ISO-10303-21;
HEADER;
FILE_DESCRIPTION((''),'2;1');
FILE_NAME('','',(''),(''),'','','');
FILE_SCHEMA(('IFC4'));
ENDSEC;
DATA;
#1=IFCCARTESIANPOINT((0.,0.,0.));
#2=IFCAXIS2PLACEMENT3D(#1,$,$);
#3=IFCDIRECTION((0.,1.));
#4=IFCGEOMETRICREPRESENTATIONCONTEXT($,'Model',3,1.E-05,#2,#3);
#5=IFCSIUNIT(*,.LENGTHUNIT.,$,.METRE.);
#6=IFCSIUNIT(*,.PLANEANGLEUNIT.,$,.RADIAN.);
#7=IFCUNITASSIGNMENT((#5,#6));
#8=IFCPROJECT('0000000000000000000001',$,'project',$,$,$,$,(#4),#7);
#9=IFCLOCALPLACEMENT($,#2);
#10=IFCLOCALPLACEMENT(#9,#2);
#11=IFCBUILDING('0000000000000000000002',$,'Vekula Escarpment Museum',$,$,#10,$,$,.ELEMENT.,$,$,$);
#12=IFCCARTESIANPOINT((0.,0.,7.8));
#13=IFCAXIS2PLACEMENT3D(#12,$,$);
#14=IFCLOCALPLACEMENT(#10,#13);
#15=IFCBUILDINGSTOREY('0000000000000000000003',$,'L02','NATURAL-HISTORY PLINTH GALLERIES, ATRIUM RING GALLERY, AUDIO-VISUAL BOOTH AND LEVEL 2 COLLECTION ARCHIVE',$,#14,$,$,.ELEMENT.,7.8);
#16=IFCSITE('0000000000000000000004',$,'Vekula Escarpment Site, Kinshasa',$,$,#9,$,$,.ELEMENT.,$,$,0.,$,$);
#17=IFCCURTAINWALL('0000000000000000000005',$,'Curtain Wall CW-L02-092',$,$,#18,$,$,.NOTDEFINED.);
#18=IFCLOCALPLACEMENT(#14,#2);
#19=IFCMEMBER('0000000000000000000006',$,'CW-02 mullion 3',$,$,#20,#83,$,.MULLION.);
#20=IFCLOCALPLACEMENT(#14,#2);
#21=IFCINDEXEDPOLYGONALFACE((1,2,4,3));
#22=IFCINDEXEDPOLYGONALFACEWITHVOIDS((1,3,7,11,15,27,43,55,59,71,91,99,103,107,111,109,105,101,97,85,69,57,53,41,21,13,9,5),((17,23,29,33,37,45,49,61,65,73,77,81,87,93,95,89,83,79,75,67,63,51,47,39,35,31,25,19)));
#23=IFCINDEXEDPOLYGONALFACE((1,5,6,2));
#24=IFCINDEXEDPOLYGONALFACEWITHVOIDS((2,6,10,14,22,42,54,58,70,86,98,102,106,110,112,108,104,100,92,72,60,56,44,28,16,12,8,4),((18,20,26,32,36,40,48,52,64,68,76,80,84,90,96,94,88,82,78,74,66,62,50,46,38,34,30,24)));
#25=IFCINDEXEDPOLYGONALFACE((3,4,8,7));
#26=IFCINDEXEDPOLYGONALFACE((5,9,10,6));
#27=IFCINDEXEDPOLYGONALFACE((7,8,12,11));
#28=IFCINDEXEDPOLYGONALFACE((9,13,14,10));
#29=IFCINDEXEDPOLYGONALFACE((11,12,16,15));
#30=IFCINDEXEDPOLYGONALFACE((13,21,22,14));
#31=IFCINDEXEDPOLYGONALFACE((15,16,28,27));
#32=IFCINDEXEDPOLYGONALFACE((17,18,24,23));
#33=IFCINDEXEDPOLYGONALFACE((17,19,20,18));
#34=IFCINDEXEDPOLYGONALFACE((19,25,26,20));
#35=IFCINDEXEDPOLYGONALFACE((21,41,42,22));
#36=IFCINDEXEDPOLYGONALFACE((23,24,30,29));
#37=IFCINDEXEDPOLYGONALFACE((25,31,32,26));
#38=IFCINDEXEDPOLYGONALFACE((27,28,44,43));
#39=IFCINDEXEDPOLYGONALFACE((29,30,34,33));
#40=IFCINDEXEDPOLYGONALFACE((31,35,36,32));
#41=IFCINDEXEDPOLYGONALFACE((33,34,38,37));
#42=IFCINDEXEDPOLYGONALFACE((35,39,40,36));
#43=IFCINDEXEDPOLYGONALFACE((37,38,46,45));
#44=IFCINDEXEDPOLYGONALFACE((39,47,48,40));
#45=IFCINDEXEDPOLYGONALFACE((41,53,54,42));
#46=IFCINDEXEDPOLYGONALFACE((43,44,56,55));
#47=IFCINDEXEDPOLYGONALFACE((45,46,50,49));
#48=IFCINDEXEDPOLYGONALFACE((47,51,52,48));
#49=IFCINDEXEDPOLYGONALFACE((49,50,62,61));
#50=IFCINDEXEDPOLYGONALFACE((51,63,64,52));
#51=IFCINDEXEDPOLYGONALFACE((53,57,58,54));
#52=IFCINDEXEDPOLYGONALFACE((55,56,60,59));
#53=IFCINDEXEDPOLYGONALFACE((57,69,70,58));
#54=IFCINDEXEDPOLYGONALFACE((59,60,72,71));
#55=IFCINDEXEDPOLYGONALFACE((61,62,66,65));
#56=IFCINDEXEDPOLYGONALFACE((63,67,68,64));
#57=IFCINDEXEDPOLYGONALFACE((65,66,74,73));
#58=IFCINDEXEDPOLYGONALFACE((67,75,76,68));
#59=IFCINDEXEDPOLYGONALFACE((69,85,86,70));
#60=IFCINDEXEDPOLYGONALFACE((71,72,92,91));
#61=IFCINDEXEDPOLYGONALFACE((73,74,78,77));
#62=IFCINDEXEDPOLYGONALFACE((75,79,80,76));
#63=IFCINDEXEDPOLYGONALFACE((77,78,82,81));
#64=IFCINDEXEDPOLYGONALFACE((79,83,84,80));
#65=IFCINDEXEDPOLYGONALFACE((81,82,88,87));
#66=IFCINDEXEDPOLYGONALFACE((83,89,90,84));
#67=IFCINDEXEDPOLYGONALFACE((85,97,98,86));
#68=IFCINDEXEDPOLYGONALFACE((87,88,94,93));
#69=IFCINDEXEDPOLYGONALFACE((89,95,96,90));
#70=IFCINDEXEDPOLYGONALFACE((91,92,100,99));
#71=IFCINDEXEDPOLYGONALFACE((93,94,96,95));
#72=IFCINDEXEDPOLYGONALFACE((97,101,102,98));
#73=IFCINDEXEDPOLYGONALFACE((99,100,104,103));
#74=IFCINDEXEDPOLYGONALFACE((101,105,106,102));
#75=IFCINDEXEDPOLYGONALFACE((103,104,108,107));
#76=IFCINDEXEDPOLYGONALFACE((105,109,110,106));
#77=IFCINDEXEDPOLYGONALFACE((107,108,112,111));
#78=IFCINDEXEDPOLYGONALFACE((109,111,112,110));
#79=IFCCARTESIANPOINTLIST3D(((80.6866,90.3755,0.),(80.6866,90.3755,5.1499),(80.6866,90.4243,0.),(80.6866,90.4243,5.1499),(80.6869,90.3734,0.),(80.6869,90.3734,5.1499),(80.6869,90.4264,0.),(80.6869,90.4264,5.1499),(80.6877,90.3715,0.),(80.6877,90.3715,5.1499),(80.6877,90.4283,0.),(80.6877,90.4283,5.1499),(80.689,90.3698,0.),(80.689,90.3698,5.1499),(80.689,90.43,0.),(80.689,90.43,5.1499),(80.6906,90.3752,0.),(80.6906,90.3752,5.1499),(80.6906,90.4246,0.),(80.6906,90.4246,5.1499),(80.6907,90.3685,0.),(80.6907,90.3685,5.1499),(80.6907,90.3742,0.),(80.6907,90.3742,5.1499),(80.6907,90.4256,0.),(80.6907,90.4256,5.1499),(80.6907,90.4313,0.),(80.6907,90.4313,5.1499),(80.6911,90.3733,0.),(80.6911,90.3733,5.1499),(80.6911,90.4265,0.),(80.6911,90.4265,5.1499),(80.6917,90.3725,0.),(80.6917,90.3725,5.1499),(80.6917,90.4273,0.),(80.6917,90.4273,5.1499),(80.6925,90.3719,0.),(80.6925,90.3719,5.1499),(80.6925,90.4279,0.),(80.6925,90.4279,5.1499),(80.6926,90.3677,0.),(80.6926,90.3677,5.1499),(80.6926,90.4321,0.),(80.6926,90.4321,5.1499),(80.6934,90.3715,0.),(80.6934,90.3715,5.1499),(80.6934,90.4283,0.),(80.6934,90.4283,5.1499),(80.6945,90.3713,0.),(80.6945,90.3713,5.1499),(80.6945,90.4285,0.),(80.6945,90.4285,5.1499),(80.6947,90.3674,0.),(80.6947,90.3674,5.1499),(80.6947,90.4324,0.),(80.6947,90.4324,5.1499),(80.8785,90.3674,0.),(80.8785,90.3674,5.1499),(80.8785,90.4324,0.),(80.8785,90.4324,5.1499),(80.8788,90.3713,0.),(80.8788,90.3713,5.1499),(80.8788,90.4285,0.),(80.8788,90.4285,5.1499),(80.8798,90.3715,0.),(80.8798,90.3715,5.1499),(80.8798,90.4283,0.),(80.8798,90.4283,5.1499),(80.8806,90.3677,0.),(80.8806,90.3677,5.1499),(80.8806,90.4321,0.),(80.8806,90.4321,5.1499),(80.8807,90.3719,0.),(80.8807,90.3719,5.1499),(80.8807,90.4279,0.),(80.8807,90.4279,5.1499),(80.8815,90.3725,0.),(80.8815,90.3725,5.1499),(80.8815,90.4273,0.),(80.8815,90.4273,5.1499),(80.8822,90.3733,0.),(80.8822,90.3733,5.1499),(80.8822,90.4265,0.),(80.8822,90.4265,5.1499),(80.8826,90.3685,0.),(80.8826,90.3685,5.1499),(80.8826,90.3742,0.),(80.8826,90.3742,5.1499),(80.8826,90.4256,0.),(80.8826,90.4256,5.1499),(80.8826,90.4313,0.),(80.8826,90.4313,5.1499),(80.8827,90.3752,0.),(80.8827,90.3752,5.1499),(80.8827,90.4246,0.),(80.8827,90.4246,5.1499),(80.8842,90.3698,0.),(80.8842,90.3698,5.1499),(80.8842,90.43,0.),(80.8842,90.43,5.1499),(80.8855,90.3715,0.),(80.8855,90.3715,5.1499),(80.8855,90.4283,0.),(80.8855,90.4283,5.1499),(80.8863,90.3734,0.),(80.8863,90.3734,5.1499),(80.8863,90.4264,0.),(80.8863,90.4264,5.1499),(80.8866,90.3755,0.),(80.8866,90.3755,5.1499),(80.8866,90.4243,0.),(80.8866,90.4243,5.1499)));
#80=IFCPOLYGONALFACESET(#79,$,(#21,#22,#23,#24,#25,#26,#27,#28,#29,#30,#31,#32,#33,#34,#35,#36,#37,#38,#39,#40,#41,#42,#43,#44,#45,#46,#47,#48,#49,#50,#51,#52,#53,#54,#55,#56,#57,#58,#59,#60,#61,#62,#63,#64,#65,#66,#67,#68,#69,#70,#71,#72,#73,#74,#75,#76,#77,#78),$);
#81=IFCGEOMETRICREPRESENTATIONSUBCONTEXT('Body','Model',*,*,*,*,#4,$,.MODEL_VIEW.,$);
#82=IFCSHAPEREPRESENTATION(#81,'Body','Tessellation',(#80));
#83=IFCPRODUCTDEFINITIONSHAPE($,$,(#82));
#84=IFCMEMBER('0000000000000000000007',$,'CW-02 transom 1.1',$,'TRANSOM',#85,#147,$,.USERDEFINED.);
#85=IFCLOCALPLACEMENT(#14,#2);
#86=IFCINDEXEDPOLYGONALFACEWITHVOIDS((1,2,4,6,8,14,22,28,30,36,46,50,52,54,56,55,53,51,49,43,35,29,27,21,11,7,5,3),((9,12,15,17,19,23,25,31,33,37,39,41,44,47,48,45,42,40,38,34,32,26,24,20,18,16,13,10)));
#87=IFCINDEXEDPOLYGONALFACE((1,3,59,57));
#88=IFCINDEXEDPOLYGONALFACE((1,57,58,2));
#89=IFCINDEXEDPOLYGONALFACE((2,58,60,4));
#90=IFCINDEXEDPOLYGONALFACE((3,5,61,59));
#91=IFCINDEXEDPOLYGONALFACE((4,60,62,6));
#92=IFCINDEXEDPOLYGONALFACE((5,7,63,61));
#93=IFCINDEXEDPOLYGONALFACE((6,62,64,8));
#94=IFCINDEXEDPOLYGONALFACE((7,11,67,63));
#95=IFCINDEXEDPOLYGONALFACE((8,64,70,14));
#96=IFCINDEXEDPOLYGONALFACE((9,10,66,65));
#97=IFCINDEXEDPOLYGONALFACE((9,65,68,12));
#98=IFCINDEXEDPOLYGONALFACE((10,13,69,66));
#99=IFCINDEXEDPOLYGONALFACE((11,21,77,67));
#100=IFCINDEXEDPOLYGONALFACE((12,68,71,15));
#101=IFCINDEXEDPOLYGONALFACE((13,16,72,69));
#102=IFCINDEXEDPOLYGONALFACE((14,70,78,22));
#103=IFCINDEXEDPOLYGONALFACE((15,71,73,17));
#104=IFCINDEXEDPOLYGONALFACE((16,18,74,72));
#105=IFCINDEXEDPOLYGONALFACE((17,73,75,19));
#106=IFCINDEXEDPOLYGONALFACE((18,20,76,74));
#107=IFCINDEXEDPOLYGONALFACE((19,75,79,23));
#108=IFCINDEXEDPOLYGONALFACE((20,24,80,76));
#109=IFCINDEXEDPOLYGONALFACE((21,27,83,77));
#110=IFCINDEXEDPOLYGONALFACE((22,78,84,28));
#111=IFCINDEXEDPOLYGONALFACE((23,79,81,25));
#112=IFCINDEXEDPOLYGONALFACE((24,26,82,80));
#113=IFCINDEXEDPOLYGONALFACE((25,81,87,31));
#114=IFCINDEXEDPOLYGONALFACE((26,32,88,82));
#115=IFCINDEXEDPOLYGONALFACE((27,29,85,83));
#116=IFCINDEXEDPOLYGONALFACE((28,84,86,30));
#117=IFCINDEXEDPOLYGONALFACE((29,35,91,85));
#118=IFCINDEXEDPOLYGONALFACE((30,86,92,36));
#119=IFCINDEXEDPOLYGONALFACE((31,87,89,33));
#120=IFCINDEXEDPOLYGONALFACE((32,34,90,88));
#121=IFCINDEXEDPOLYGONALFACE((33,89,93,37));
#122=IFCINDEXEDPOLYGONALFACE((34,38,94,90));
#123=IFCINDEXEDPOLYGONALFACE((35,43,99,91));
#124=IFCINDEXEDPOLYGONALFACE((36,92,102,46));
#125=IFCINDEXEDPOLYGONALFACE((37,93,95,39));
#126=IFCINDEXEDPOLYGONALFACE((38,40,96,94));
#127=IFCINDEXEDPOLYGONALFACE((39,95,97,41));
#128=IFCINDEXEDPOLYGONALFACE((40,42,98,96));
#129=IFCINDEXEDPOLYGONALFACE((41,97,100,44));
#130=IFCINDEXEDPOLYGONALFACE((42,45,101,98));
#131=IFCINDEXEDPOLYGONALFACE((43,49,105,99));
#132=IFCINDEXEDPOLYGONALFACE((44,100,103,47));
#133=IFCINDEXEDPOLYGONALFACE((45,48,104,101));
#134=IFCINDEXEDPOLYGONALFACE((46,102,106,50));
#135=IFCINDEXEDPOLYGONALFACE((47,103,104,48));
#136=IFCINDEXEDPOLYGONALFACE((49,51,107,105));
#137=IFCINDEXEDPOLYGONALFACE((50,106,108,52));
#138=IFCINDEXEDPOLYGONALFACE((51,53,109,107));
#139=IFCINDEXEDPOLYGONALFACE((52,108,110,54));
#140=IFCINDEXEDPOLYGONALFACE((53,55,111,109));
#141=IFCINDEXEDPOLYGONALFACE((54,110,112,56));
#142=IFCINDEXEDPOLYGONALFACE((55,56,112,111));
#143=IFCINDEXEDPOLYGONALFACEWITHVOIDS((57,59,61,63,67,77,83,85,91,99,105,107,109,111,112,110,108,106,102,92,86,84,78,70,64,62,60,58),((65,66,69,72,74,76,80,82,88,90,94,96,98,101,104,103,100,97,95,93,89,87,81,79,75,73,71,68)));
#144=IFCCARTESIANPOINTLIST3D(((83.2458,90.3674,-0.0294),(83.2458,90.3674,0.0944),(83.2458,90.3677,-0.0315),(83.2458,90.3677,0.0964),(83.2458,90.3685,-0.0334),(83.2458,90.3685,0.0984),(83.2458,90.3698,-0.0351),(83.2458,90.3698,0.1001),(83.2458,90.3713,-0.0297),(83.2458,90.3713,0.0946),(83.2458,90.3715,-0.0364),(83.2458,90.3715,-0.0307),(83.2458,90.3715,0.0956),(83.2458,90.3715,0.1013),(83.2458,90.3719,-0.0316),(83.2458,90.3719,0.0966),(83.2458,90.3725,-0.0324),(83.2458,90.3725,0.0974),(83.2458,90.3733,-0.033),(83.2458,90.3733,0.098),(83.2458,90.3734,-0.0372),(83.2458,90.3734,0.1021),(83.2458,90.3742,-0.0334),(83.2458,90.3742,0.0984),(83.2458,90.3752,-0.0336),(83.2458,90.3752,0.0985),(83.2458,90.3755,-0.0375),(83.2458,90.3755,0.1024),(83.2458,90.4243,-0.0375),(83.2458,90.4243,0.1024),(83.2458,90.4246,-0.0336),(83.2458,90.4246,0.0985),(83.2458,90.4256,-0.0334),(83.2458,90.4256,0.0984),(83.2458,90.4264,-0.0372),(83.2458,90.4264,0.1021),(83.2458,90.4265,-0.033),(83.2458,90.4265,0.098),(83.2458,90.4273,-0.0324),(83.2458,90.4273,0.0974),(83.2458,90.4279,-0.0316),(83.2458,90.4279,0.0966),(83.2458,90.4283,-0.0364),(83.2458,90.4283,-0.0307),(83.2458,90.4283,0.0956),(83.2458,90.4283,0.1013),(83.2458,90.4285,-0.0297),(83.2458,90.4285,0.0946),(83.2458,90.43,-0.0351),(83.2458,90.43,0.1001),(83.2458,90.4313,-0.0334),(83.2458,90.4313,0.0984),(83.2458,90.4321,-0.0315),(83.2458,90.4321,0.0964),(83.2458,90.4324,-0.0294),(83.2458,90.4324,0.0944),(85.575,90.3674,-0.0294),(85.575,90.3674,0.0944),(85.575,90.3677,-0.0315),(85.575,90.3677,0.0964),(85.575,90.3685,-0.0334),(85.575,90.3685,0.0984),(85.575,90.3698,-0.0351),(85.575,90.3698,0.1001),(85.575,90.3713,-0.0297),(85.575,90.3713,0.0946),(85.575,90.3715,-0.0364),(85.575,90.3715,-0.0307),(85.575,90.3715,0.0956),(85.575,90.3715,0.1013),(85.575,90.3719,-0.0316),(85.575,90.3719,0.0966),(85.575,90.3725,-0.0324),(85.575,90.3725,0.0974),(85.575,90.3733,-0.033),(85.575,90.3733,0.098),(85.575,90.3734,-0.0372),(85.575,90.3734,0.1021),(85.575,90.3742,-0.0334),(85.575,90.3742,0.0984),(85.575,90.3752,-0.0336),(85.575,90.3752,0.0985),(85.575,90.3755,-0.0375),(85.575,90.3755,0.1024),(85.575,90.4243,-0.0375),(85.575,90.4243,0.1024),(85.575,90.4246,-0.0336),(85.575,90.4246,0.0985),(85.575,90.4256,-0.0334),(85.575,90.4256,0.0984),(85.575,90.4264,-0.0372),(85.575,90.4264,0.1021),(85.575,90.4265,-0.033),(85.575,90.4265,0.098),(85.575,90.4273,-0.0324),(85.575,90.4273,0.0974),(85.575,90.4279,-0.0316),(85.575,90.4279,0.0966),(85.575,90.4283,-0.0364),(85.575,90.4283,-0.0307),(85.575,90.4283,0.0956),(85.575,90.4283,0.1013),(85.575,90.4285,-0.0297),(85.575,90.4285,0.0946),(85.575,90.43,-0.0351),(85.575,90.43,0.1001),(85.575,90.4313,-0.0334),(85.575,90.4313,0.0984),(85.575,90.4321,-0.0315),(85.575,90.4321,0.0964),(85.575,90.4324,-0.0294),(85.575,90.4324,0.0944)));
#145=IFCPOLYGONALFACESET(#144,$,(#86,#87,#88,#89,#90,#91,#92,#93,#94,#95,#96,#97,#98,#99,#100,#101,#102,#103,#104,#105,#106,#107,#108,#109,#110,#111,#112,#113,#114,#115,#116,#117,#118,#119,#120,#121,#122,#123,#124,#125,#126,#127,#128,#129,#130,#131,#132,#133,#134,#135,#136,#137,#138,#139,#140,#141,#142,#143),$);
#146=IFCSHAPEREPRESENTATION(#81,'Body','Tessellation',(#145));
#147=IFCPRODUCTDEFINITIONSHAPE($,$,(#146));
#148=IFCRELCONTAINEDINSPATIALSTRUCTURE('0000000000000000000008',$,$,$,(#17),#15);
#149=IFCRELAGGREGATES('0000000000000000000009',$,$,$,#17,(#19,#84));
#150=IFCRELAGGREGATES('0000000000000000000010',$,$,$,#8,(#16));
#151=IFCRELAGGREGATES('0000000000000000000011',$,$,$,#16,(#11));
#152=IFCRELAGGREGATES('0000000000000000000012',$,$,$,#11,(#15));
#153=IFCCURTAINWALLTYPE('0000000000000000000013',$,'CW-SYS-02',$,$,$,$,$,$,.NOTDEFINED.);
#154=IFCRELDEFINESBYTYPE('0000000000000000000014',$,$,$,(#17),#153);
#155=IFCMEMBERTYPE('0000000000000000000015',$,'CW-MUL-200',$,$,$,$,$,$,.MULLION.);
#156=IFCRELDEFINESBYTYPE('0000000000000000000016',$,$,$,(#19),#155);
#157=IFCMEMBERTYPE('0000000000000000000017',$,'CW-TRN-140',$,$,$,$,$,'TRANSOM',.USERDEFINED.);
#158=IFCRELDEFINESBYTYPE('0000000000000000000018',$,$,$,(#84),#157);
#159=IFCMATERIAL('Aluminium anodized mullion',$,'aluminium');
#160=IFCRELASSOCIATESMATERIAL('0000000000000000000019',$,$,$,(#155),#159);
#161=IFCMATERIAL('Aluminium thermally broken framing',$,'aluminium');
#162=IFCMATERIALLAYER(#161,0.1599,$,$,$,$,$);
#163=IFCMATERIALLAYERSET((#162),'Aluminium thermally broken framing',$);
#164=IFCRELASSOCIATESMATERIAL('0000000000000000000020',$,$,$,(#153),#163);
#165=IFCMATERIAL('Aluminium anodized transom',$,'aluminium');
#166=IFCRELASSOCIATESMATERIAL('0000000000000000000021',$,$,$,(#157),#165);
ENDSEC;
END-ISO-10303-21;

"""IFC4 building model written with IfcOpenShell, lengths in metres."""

from ifc_helpers import new_model, si_unit, direction, frame, origin, origin_2d, place, context, subcontext, project, spatial, hollow_rectangle, extrude, material, layer, layer_set, material_profile, profile_set, type_object, element, aggregate, save


model = new_model("IFC4")

# Units and contexts
model_context = context("Model", 3, precision=1e-05, world=origin(), true_north=direction((0.0, 1.0)))
body_context = subcontext(model_context, "Body", "Model", "MODEL_VIEW")
ifc_project = project(units=[si_unit("LENGTHUNIT", "METRE"), si_unit("PLANEANGLEUNIT", "RADIAN")], contexts=[model_context])

# Site, building, storey
site_placement = place(None, origin())
site = spatial("IfcSite", under=ifc_project, at=site_placement, Name="Vekula Escarpment Site, Kinshasa", CompositionType="ELEMENT", RefElevation=0.0)
building_placement = place(site_placement, origin())
building = spatial("IfcBuilding", under=site, at=building_placement, Name="Vekula Escarpment Museum", CompositionType="ELEMENT")
storey_placement = place(building_placement, frame((0.0, 0.0, 7.8)))
storey = spatial("IfcBuildingStorey", under=building, at=storey_placement, Name="L02", Description="NATURAL-HISTORY PLINTH GALLERIES, ATRIUM RING GALLERY, AUDIO-VISUAL BOOTH AND LEVEL 2 COLLECTION ARCHIVE", CompositionType="ELEMENT", Elevation=7.8)

# Shared definitions
ifc_material_1 = material(Name="Aluminium anodized mullion", Category="aluminium")
ifc_material_profile_1 = material_profile(ifc_material_1, hollow_rectangle(XDim=0.0649, YDim=0.2, WallThickness=0.0039, InnerFilletRadius=0.0039, OuterFilletRadius=0.0081, at=origin_2d()), Name="ALU 200x65x4")
ifc_profile_set_1 = profile_set([ifc_material_profile_1], Name="Aluminium anodized mullion")
member_type_1 = type_object("IfcMemberType", Name="CW-MUL-200", PredefinedType="MULLION", material=ifc_profile_set_1)

# Curtain wall, members
ifc_material_2 = material(Name="Aluminium thermally broken framing", Category="aluminium")
ifc_layer_1 = layer(ifc_material_2, 0.1599)
ifc_layer_set_1 = layer_set([ifc_layer_1], Name="Aluminium thermally broken framing")
curtain_wall_type_1 = type_object("IfcCurtainWallType", Name="CW-SYS-02", PredefinedType="NOTDEFINED", material=ifc_layer_set_1)
curtain_wall_1_placement = place(storey_placement, origin())
curtain_wall_1 = element("IfcCurtainWall", 1, at=curtain_wall_1_placement, inside=storey, type_object=curtain_wall_type_1, Name="Curtain Wall CW-L02-092", PredefinedType="NOTDEFINED")
member_1_placement = place(storey_placement, frame((80.7866, 90.3999, 0.0), z_axis=(0.0, 0.0, 1.0), x_axis=(0.0, -1.0, 0.0)))
member_1 = element("IfcMember", 2, at=member_1_placement, type_object=member_type_1, Name="CW-02 mullion 3", PredefinedType="MULLION", context=body_context, shape_type="SweptSolid", body=[
    extrude(hollow_rectangle(XDim=0.0649, YDim=0.2, WallThickness=0.0039, InnerFilletRadius=0.0039, OuterFilletRadius=0.0081, at=origin_2d()), origin(), (0.0, 0.0, 1.0), 5.1499),
])
ifc_material_3 = material(Name="Aluminium anodized transom", Category="aluminium")
ifc_material_profile_2 = material_profile(ifc_material_3, hollow_rectangle(XDim=0.0649, YDim=0.1399, WallThickness=0.0039, InnerFilletRadius=0.0039, OuterFilletRadius=0.0081, at=origin_2d()), Name="ALU 140x65x4")
ifc_profile_set_2 = profile_set([ifc_material_profile_2], Name="Aluminium anodized transom")
member_type_2 = type_object("IfcMemberType", Name="CW-TRN-140", ElementType="TRANSOM", PredefinedType="USERDEFINED", material=ifc_profile_set_2)
member_2_placement = place(storey_placement, frame((85.575, 90.3999, 0.0325), z_axis=(-1.0, 0.0, 0.0), x_axis=(0.0, -1.0, 0.0)))
member_2 = element("IfcMember", 3, at=member_2_placement, type_object=member_type_2, Name="CW-02 transom 1.1", ObjectType="TRANSOM", PredefinedType="USERDEFINED", context=body_context, shape_type="SweptSolid", body=[
    extrude(hollow_rectangle(XDim=0.0649, YDim=0.1399, WallThickness=0.0039, InnerFilletRadius=0.0039, OuterFilletRadius=0.0081, at=origin_2d()), origin(), (0.0, 0.0, 1.0), 2.3291),
])

aggregate(curtain_wall_1, [member_1, member_2])

save(model, "model.ifc")
